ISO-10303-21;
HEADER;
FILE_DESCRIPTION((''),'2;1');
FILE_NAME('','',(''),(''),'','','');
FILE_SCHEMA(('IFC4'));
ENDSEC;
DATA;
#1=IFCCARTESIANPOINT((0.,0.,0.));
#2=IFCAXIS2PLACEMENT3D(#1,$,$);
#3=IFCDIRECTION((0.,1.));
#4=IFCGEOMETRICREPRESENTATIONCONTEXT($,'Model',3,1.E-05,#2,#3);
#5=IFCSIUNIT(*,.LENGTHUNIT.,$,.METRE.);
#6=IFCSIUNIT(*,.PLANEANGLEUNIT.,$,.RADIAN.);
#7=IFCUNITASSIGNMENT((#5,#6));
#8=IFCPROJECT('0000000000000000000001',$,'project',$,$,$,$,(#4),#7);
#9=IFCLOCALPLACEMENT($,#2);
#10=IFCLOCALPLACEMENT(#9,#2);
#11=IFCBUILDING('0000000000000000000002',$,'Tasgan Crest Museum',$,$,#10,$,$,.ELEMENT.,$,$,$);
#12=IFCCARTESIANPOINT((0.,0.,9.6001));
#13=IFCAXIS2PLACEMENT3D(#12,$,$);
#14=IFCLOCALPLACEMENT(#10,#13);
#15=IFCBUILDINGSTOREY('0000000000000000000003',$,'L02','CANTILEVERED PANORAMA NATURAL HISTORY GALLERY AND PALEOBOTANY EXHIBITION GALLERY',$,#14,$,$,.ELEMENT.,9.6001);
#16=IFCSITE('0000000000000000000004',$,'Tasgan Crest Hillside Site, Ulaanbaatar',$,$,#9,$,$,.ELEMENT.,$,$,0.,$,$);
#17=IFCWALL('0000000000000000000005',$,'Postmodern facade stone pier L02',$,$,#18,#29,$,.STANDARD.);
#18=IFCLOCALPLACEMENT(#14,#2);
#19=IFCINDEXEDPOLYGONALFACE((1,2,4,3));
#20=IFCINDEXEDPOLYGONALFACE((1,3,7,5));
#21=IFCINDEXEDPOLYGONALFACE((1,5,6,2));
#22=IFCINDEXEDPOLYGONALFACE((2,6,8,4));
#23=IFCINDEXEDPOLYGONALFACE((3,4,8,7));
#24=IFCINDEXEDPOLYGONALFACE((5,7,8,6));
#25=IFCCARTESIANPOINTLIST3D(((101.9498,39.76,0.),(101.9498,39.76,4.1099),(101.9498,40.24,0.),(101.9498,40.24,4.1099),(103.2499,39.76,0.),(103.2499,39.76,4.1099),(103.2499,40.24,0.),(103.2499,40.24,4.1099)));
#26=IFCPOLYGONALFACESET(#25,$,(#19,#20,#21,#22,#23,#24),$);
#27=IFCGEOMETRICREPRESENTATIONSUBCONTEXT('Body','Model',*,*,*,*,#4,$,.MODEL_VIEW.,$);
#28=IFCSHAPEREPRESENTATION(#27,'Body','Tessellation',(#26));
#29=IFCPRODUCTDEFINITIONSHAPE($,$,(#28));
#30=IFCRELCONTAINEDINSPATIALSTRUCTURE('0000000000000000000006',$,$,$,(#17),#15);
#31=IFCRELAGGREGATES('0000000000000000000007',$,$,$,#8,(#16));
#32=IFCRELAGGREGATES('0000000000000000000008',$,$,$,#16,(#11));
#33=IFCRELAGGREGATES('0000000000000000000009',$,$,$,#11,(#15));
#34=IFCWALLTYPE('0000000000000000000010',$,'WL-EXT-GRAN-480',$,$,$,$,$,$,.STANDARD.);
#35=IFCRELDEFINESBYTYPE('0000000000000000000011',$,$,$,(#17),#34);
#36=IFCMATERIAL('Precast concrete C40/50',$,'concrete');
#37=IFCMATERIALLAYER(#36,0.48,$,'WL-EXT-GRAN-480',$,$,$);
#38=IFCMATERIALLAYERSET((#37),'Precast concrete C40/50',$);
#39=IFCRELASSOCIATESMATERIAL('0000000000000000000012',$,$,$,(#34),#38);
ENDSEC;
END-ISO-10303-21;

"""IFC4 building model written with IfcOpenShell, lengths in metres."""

from ifc_helpers import new_model, si_unit, direction, frame, frame_2d, origin, place, context, subcontext, project, spatial, rectangle, extrude, material, layer, layer_set, type_object, element, save


model = new_model("IFC4")

# Units and contexts
model_context = context("Model", 3, precision=1e-05, world=origin(), true_north=direction((0.0, 1.0)))
body_context = subcontext(model_context, "Body", "Model", "MODEL_VIEW")
ifc_project = project(units=[si_unit("LENGTHUNIT", "METRE"), si_unit("PLANEANGLEUNIT", "RADIAN")], contexts=[model_context])

# Site, building, storey
site_placement = place(None, origin())
site = spatial("IfcSite", under=ifc_project, at=site_placement, Name="Tasgan Crest Hillside Site, Ulaanbaatar", CompositionType="ELEMENT", RefElevation=0.0)
building_placement = place(site_placement, origin())
building = spatial("IfcBuilding", under=site, at=building_placement, Name="Tasgan Crest Museum", CompositionType="ELEMENT")
storey_placement = place(building_placement, frame((0.0, 0.0, 9.6001)))
storey = spatial("IfcBuildingStorey", under=building, at=storey_placement, Name="L02", Description="CANTILEVERED PANORAMA NATURAL HISTORY GALLERY AND PALEOBOTANY EXHIBITION GALLERY", CompositionType="ELEMENT", Elevation=9.6001)

# Wall
ifc_material_1 = material(Name="Precast concrete C40/50", Category="concrete")
ifc_layer_1 = layer(ifc_material_1, 0.48, Name="WL-EXT-GRAN-480")
ifc_layer_set_1 = layer_set([ifc_layer_1], Name="Precast concrete C40/50")
wall_type = type_object("IfcWallType", Name="WL-EXT-GRAN-480", PredefinedType="STANDARD", material=ifc_layer_set_1)
wall_placement = place(storey_placement, frame((101.95, 40.0, 0.0), z_axis=(0.0, 0.0, 1.0), x_axis=(1.0, 0.0, 0.0)))
element("IfcWall", 1, at=wall_placement, inside=storey, type_object=wall_type, Name="Postmodern facade stone pier L02", PredefinedType="STANDARD", context=body_context, shape_type="SweptSolid", body=[
    extrude(rectangle(XDim=1.3, YDim=0.48, at=frame_2d((0.6499, 0.0))), origin(), (0.0, 0.0, 1.0), 4.1099),
])

save(model, "model.ifc")
